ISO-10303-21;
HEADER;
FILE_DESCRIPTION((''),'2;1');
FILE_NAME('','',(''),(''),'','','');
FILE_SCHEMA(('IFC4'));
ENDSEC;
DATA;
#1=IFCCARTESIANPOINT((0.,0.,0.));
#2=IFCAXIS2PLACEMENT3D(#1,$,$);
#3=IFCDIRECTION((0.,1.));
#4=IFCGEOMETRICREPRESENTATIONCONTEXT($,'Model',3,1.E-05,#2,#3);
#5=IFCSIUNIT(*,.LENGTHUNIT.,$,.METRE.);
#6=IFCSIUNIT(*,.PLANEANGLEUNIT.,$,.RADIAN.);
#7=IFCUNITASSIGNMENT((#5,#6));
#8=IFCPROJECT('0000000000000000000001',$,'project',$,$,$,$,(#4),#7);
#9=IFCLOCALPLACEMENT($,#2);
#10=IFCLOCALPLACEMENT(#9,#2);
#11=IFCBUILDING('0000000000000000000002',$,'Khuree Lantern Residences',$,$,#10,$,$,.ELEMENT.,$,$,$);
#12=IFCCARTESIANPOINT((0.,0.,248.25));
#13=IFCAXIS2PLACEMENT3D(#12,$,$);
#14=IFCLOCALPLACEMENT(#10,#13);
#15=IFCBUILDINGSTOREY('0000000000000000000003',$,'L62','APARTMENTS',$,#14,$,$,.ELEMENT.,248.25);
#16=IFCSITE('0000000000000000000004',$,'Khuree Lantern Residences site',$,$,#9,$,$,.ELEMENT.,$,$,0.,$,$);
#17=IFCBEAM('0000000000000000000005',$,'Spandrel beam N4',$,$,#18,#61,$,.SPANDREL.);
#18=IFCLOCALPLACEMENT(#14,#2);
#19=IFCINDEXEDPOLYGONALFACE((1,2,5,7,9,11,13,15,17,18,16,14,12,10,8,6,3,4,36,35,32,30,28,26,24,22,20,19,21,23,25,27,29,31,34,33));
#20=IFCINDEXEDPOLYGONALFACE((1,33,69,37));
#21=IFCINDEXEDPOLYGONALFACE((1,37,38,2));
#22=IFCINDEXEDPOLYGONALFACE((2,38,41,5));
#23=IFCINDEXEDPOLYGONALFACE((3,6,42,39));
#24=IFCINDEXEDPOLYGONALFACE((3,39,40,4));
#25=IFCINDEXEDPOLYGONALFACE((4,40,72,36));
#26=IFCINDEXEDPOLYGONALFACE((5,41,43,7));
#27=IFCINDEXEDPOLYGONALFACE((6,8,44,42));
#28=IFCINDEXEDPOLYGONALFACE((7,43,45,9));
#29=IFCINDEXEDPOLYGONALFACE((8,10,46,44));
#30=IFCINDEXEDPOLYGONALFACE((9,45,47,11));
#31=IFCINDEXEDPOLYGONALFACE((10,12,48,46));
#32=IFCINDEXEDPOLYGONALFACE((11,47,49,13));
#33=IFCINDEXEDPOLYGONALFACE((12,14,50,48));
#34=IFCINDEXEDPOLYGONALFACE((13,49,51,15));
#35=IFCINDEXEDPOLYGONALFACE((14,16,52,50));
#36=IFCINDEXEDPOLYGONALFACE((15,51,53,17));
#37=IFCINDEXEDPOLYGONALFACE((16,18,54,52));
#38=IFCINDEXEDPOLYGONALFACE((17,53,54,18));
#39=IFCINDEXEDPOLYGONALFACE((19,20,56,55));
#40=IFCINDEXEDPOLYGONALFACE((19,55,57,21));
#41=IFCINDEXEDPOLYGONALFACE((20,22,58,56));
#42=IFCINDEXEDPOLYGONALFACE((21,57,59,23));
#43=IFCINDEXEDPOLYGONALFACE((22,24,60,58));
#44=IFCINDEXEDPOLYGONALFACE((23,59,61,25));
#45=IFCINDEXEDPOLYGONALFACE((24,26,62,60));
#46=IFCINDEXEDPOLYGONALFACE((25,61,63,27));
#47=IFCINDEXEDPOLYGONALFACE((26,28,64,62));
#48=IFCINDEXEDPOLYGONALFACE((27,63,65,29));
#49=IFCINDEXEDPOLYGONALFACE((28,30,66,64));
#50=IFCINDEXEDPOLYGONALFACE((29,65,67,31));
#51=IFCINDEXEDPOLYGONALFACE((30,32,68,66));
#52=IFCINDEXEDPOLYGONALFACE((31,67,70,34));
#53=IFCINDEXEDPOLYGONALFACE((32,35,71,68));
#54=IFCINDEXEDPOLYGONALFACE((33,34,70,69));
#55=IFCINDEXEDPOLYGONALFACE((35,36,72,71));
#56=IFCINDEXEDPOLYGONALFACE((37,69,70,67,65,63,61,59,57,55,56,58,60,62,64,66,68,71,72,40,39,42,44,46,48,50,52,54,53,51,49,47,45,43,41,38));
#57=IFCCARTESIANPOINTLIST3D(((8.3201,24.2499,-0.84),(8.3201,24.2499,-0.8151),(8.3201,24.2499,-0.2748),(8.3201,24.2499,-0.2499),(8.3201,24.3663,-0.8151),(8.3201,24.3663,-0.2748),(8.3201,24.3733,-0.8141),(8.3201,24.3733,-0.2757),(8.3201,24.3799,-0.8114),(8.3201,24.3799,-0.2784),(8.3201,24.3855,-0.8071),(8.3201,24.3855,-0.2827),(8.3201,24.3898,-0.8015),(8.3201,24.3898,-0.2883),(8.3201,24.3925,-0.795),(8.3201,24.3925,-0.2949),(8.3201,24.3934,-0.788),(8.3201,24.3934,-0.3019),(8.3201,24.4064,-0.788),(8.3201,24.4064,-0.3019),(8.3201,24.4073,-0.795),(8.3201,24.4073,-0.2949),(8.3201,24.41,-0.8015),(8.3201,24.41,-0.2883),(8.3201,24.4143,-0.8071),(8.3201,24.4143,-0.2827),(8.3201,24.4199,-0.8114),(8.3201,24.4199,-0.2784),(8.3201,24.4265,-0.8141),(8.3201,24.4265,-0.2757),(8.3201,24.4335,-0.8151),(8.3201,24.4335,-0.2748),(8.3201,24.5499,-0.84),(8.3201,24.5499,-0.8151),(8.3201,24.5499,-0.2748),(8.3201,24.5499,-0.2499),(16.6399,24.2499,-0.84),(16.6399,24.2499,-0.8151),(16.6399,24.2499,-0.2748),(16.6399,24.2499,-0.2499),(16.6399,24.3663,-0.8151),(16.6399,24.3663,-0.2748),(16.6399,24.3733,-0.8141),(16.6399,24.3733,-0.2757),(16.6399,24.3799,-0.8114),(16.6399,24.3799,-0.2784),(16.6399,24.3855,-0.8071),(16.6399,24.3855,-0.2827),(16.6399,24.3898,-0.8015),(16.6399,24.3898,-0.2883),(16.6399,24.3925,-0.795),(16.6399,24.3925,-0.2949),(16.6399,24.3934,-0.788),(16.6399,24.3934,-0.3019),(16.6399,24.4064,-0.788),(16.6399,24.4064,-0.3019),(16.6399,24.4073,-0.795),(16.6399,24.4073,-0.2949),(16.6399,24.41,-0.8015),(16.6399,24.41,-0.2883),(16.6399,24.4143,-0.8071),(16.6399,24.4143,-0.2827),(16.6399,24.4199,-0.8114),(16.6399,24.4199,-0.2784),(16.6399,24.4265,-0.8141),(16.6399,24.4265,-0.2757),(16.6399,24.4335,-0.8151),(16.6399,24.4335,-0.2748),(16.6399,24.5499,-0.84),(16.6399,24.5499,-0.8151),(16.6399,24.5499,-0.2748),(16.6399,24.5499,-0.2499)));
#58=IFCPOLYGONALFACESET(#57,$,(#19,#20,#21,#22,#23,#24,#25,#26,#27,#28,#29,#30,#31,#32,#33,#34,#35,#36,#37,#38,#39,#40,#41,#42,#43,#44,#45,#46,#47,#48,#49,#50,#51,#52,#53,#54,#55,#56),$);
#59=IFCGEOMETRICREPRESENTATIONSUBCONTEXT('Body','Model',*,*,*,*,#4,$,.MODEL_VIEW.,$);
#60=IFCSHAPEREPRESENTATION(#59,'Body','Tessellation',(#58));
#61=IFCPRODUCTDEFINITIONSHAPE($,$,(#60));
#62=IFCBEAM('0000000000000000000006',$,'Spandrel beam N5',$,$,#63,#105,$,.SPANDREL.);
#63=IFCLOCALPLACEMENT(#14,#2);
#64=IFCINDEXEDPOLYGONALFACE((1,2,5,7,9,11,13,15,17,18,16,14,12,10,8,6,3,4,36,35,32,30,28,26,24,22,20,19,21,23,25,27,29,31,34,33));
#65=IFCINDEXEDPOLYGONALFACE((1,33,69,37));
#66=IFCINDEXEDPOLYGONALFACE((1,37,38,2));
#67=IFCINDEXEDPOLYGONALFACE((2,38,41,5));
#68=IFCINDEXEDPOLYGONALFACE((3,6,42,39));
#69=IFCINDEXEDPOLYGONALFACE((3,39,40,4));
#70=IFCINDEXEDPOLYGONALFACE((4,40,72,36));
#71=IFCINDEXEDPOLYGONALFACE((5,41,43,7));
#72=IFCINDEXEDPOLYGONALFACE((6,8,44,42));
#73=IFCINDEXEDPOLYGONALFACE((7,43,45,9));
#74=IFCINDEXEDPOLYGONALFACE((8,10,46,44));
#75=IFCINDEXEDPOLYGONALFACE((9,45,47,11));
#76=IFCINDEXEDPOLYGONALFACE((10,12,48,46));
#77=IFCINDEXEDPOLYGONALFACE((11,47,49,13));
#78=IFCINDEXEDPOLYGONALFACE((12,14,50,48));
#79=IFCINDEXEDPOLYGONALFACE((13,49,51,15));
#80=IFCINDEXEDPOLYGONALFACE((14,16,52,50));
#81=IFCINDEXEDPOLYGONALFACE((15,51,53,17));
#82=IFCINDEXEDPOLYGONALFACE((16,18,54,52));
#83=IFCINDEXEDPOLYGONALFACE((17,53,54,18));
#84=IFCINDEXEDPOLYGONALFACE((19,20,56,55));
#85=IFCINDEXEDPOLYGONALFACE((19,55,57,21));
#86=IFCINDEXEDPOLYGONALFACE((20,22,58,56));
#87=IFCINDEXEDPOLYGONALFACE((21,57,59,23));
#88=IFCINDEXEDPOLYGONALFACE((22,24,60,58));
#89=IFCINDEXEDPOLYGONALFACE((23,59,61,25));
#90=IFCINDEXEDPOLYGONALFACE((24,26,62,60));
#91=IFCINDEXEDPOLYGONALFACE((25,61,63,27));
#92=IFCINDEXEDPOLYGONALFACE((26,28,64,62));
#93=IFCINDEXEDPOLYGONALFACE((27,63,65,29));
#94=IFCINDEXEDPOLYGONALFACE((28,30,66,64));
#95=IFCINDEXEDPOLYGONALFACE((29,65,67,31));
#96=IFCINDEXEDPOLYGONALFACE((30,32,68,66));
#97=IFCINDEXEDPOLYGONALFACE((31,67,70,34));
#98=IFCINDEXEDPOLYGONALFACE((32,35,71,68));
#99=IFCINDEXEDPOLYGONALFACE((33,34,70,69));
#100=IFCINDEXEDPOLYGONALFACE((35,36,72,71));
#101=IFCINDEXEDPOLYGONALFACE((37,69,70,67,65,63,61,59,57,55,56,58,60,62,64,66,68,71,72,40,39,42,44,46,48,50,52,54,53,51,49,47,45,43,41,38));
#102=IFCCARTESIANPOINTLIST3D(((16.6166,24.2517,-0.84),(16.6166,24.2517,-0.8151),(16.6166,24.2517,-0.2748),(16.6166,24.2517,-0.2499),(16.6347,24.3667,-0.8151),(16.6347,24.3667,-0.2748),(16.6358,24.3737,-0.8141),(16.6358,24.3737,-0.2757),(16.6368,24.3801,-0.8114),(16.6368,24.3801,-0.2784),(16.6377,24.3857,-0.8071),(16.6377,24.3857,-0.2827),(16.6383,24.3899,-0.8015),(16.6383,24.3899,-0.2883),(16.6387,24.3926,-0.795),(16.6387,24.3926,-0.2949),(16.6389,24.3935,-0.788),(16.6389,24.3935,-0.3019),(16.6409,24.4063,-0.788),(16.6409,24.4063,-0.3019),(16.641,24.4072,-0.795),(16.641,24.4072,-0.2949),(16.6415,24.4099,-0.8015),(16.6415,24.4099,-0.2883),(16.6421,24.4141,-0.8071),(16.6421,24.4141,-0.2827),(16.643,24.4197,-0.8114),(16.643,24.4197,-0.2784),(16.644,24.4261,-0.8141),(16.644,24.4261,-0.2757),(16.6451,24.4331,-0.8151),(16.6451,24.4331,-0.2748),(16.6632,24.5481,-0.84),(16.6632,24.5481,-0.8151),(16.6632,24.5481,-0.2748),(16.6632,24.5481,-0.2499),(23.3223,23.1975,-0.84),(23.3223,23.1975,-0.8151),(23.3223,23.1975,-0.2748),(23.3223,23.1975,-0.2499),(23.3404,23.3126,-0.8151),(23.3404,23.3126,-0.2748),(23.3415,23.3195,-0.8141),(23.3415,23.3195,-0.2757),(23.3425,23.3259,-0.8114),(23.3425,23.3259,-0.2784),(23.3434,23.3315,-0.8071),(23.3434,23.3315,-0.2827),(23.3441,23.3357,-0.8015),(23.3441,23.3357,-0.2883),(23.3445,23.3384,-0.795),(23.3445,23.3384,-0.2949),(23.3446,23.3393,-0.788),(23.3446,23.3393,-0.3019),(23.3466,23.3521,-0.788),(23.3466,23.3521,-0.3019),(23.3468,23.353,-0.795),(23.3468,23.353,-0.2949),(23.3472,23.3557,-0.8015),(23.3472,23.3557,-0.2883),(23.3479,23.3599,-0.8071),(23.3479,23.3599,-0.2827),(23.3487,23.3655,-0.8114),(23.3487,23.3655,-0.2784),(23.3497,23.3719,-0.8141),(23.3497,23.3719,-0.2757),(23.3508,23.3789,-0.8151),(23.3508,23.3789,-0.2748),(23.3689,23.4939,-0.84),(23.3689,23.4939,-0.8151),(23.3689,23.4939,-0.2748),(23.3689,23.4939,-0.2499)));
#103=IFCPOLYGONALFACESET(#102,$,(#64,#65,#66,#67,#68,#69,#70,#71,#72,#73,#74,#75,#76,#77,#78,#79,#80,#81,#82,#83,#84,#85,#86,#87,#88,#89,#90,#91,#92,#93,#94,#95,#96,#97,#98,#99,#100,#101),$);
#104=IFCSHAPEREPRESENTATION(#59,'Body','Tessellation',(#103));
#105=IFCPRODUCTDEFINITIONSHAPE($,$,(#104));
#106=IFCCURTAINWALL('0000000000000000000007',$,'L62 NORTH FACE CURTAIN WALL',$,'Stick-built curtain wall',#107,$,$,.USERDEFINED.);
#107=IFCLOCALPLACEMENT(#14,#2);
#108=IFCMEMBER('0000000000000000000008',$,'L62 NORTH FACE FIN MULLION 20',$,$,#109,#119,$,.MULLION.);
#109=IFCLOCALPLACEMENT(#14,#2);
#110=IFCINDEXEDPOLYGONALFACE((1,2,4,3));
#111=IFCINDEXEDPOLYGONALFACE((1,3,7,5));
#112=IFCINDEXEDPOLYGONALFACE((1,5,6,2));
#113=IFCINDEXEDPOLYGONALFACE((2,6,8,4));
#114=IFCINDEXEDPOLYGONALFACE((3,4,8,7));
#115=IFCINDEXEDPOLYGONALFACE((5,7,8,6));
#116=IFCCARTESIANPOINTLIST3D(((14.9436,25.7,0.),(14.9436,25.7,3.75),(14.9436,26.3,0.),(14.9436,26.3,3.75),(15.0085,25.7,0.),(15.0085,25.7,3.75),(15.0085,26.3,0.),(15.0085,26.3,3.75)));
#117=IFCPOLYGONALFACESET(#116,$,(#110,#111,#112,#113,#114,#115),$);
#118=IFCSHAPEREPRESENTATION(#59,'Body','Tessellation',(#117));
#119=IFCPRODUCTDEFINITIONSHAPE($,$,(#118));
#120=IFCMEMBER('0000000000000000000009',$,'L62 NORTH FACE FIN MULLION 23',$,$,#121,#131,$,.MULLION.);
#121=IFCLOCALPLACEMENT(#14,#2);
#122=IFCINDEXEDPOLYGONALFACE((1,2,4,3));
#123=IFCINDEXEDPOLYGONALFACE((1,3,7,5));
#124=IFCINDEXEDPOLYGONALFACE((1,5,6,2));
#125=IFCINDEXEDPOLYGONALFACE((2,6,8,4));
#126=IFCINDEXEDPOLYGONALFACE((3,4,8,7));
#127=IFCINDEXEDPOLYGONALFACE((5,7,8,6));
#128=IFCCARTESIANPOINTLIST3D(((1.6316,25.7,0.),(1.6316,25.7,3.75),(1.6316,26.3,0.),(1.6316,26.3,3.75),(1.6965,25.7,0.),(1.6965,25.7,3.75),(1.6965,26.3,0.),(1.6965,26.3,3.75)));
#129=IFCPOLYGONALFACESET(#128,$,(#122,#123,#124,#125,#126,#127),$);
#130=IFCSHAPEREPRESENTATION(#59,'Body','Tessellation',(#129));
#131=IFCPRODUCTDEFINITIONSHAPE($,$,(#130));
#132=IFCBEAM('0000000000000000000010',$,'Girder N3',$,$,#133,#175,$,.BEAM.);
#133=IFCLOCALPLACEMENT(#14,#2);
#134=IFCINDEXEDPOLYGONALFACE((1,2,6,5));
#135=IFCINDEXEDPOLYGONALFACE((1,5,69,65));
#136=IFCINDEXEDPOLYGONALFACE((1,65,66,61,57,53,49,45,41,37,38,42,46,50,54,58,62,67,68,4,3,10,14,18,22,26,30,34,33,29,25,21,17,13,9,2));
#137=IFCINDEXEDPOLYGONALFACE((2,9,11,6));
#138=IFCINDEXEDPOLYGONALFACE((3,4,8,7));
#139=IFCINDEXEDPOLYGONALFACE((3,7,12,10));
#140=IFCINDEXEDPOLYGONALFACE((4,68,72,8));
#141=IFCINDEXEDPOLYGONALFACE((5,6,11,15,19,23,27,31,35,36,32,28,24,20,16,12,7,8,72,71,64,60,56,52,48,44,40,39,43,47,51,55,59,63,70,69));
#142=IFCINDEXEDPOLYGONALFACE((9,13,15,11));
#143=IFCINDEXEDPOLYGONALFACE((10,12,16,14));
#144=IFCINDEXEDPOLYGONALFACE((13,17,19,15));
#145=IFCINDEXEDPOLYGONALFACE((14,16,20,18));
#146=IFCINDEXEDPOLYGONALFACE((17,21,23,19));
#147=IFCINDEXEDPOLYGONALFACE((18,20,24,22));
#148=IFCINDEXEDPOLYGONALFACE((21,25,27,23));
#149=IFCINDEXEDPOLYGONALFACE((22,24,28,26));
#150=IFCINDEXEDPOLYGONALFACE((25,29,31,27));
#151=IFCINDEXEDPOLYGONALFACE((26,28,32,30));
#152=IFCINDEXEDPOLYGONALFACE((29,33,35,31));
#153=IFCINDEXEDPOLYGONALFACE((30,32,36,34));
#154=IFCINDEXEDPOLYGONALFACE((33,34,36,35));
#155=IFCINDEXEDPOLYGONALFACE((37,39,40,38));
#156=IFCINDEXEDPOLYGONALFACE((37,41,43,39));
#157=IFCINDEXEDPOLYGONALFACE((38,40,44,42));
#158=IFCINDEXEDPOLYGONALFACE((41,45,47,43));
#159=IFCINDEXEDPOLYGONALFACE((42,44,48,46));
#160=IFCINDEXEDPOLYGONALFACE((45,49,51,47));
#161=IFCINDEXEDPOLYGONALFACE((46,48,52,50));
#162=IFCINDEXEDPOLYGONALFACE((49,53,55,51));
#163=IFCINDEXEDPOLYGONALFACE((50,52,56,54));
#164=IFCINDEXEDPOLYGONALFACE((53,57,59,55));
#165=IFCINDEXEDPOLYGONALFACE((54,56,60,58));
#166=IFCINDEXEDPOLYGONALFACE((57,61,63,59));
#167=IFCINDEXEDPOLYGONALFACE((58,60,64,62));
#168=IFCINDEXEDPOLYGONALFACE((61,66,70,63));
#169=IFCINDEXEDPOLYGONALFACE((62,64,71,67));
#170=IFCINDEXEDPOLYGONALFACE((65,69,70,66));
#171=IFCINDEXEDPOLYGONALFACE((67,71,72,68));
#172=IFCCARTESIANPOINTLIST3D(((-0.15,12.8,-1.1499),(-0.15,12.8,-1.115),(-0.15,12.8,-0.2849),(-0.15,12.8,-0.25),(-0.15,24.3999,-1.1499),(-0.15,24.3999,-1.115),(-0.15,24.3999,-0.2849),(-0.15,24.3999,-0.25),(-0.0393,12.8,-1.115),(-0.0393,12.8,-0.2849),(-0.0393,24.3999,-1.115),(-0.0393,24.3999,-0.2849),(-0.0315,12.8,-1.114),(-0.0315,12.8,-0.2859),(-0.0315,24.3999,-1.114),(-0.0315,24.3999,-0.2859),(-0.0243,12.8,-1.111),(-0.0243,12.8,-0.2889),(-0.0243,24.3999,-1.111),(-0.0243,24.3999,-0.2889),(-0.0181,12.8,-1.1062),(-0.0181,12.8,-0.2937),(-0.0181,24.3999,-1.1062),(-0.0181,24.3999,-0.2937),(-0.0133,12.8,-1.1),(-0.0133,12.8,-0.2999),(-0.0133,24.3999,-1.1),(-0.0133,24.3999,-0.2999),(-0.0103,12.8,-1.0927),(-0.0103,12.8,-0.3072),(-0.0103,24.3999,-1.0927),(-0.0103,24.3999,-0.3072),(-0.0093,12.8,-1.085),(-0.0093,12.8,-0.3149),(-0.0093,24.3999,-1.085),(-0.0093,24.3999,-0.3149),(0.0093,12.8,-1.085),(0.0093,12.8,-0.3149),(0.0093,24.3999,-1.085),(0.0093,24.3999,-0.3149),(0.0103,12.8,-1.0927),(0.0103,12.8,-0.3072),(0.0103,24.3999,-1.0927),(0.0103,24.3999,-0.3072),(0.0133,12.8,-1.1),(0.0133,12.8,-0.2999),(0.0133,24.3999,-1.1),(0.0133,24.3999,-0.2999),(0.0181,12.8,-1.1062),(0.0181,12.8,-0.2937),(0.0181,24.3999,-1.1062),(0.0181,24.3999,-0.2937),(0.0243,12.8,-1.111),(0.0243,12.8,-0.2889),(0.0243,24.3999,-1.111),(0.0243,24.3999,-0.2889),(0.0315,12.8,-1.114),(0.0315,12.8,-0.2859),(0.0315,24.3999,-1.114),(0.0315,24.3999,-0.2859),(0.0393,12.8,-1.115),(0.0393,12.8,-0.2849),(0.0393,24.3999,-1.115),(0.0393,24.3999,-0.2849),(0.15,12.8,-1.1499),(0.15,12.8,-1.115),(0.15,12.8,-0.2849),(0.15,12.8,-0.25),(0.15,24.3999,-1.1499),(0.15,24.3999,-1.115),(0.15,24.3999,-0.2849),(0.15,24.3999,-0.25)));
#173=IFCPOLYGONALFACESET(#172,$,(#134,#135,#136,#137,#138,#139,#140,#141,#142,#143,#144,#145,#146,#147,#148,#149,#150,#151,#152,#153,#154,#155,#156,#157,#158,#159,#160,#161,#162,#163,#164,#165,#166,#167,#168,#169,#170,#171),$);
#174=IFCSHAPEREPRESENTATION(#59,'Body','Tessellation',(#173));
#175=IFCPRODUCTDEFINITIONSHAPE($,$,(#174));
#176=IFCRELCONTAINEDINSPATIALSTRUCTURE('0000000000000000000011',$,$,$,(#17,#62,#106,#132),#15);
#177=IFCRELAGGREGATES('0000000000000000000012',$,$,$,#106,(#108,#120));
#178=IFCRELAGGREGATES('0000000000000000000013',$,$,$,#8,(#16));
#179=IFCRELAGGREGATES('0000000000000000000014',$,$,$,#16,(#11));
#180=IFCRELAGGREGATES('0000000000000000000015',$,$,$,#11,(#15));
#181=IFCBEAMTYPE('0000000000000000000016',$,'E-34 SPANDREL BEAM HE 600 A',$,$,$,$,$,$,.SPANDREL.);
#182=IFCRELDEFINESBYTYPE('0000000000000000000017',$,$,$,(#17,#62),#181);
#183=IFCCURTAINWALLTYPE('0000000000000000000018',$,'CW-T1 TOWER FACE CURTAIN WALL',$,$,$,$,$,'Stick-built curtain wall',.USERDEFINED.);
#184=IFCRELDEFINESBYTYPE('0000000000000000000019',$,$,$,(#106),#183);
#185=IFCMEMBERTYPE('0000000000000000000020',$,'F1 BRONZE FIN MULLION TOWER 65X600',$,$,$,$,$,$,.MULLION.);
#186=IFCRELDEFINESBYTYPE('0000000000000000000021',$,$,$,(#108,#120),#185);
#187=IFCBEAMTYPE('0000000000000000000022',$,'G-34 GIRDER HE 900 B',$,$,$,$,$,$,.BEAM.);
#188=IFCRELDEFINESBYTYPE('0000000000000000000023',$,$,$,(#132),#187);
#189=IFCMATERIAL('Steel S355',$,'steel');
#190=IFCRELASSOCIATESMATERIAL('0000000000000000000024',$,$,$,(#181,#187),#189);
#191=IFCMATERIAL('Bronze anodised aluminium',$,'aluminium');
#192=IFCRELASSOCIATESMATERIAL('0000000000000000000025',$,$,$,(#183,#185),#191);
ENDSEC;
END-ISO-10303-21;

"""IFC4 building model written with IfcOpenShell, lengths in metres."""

from ifc_helpers import new_model, si_unit, direction, frame, origin, origin_2d, place, context, subcontext, project, spatial, rectangle, i_section, extrude, material, material_profile, profile_set, type_object, element, aggregate, save


model = new_model("IFC4")

# Units and contexts
model_context = context("Model", 3, precision=1e-05, world=origin(), true_north=direction((0.0, 1.0)))
body_context = subcontext(model_context, "Body", "Model", "MODEL_VIEW")
ifc_project = project(units=[si_unit("LENGTHUNIT", "METRE"), si_unit("PLANEANGLEUNIT", "RADIAN")], contexts=[model_context])

# Site, building, storey
site_placement = place(None, origin())
site = spatial("IfcSite", under=ifc_project, at=site_placement, Name="Khuree Lantern Residences site", CompositionType="ELEMENT", RefElevation=0.0)
building_placement = place(site_placement, origin())
building = spatial("IfcBuilding", under=site, at=building_placement, Name="Khuree Lantern Residences", CompositionType="ELEMENT")
storey_placement = place(building_placement, frame((0.0, 0.0, 248.25)))
storey = spatial("IfcBuildingStorey", under=building, at=storey_placement, Name="L62", Description="APARTMENTS", CompositionType="ELEMENT", Elevation=248.25)

# Beams
ifc_material_1 = material(Name="Steel S355", Category="steel")
ifc_material_profile_1 = material_profile(ifc_material_1, i_section(OverallWidth=0.3, OverallDepth=0.5901, WebThickness=0.0129, FlangeThickness=0.0249, FilletRadius=0.0271, at=origin_2d()), Name="HE 600 A")
ifc_profile_set_1 = profile_set([ifc_material_profile_1], Name="Steel S355")
beam_type_1 = type_object("IfcBeamType", Name="E-34 SPANDREL BEAM HE 600 A", PredefinedType="SPANDREL", material=ifc_profile_set_1)
beam_1_placement = place(storey_placement, frame((8.3201, 24.3999, -0.5449), z_axis=(1.0, 0.0, 0.0), x_axis=(0.0, 1.0, 0.0)))
element("IfcBeam", 1, at=beam_1_placement, inside=storey, type_object=beam_type_1, Name="Spandrel beam N4", PredefinedType="SPANDREL", context=body_context, shape_type="SweptSolid", body=[
    extrude(i_section(OverallWidth=0.3, OverallDepth=0.5901, WebThickness=0.0129, FlangeThickness=0.0249, FilletRadius=0.0271, at=origin_2d()), origin(), (0.0, 0.0, 1.0), 8.3198),
])
beam_2_placement = place(storey_placement, frame((16.6399, 24.3999, -0.5449), z_axis=(0.987867, -0.1553, 0.0), x_axis=(0.1553, 0.987867, 0.0)))
element("IfcBeam", 2, at=beam_2_placement, inside=storey, type_object=beam_type_1, Name="Spandrel beam N5", PredefinedType="SPANDREL", context=body_context, shape_type="SweptSolid", body=[
    extrude(i_section(OverallWidth=0.3, OverallDepth=0.5901, WebThickness=0.0129, FlangeThickness=0.0249, FilletRadius=0.0271, at=origin_2d()), origin(), (0.0, 0.0, 1.0), 6.7881),
])

# Curtain wall, members
ifc_material_2 = material(Name="Bronze anodised aluminium", Category="aluminium")
curtain_wall_type = type_object("IfcCurtainWallType", Name="CW-T1 TOWER FACE CURTAIN WALL", ElementType="Stick-built curtain wall", PredefinedType="USERDEFINED", material=ifc_material_2)
curtain_wall_placement = place(storey_placement, origin())
curtain_wall = element("IfcCurtainWall", 3, at=curtain_wall_placement, inside=storey, type_object=curtain_wall_type, Name="L62 NORTH FACE CURTAIN WALL", ObjectType="Stick-built curtain wall", PredefinedType="USERDEFINED")
ifc_material_profile_2 = material_profile(ifc_material_2, rectangle(XDim=0.0649, YDim=0.6001, at=origin_2d()), Name="F1 65X600")
ifc_profile_set_2 = profile_set([ifc_material_profile_2], Name="Bronze anodised aluminium")
member_type_1 = type_object("IfcMemberType", Name="F1 BRONZE FIN MULLION TOWER 65X600", PredefinedType="MULLION", material=ifc_profile_set_2)
member_1_placement = place(storey_placement, frame((14.9761, 26.0, 0.0), z_axis=(0.0, 0.0, 1.0), x_axis=(-1.0, 0.0, 0.0)))
member_1 = element("IfcMember", 4, at=member_1_placement, type_object=member_type_1, Name="L62 NORTH FACE FIN MULLION 20", PredefinedType="MULLION", context=body_context, shape_type="SweptSolid", body=[
    extrude(rectangle(XDim=0.0649, YDim=0.6001, at=origin_2d()), origin(), (0.0, 0.0, 1.0), 3.75),
])
member_2_placement = place(storey_placement, frame((1.6641, 26.0, 0.0), z_axis=(0.0, 0.0, 1.0), x_axis=(-1.0, 0.0, 0.0)))
member_2 = element("IfcMember", 5, at=member_2_placement, type_object=member_type_1, Name="L62 NORTH FACE FIN MULLION 23", PredefinedType="MULLION", context=body_context, shape_type="SweptSolid", body=[
    extrude(rectangle(XDim=0.0649, YDim=0.6001, at=origin_2d()), origin(), (0.0, 0.0, 1.0), 3.75),
])

# Beam
ifc_material_profile_3 = material_profile(ifc_material_1, i_section(OverallWidth=0.3, OverallDepth=0.8999, WebThickness=0.0186, FlangeThickness=0.0349, FilletRadius=0.03, at=origin_2d()), Name="HE 900 B")
ifc_profile_set_3 = profile_set([ifc_material_profile_3], Name="Steel S355")
beam_type_2 = type_object("IfcBeamType", Name="G-34 GIRDER HE 900 B", PredefinedType="BEAM", material=ifc_profile_set_3)
for number, where, z_axis, x_axis, name in (
    (6, (0.0, 24.3999, -0.7), (0.0, -1.0, 0.0), (1.0, 0.0, 0.0), "Girder N3"),
):
    element("IfcBeam", number, at=place(storey_placement, frame(where, z_axis=z_axis, x_axis=x_axis)), inside=storey, type_object=beam_type_2, Name=name, PredefinedType="BEAM", context=body_context, shape_type="SweptSolid", body=[
        extrude(i_section(OverallWidth=0.3, OverallDepth=0.8999, WebThickness=0.0186, FlangeThickness=0.0349, FilletRadius=0.03, at=origin_2d()), origin(), (0.0, 0.0, 1.0), 11.5999),
    ])

aggregate(curtain_wall, [member_1, member_2])

save(model, "model.ifc")
